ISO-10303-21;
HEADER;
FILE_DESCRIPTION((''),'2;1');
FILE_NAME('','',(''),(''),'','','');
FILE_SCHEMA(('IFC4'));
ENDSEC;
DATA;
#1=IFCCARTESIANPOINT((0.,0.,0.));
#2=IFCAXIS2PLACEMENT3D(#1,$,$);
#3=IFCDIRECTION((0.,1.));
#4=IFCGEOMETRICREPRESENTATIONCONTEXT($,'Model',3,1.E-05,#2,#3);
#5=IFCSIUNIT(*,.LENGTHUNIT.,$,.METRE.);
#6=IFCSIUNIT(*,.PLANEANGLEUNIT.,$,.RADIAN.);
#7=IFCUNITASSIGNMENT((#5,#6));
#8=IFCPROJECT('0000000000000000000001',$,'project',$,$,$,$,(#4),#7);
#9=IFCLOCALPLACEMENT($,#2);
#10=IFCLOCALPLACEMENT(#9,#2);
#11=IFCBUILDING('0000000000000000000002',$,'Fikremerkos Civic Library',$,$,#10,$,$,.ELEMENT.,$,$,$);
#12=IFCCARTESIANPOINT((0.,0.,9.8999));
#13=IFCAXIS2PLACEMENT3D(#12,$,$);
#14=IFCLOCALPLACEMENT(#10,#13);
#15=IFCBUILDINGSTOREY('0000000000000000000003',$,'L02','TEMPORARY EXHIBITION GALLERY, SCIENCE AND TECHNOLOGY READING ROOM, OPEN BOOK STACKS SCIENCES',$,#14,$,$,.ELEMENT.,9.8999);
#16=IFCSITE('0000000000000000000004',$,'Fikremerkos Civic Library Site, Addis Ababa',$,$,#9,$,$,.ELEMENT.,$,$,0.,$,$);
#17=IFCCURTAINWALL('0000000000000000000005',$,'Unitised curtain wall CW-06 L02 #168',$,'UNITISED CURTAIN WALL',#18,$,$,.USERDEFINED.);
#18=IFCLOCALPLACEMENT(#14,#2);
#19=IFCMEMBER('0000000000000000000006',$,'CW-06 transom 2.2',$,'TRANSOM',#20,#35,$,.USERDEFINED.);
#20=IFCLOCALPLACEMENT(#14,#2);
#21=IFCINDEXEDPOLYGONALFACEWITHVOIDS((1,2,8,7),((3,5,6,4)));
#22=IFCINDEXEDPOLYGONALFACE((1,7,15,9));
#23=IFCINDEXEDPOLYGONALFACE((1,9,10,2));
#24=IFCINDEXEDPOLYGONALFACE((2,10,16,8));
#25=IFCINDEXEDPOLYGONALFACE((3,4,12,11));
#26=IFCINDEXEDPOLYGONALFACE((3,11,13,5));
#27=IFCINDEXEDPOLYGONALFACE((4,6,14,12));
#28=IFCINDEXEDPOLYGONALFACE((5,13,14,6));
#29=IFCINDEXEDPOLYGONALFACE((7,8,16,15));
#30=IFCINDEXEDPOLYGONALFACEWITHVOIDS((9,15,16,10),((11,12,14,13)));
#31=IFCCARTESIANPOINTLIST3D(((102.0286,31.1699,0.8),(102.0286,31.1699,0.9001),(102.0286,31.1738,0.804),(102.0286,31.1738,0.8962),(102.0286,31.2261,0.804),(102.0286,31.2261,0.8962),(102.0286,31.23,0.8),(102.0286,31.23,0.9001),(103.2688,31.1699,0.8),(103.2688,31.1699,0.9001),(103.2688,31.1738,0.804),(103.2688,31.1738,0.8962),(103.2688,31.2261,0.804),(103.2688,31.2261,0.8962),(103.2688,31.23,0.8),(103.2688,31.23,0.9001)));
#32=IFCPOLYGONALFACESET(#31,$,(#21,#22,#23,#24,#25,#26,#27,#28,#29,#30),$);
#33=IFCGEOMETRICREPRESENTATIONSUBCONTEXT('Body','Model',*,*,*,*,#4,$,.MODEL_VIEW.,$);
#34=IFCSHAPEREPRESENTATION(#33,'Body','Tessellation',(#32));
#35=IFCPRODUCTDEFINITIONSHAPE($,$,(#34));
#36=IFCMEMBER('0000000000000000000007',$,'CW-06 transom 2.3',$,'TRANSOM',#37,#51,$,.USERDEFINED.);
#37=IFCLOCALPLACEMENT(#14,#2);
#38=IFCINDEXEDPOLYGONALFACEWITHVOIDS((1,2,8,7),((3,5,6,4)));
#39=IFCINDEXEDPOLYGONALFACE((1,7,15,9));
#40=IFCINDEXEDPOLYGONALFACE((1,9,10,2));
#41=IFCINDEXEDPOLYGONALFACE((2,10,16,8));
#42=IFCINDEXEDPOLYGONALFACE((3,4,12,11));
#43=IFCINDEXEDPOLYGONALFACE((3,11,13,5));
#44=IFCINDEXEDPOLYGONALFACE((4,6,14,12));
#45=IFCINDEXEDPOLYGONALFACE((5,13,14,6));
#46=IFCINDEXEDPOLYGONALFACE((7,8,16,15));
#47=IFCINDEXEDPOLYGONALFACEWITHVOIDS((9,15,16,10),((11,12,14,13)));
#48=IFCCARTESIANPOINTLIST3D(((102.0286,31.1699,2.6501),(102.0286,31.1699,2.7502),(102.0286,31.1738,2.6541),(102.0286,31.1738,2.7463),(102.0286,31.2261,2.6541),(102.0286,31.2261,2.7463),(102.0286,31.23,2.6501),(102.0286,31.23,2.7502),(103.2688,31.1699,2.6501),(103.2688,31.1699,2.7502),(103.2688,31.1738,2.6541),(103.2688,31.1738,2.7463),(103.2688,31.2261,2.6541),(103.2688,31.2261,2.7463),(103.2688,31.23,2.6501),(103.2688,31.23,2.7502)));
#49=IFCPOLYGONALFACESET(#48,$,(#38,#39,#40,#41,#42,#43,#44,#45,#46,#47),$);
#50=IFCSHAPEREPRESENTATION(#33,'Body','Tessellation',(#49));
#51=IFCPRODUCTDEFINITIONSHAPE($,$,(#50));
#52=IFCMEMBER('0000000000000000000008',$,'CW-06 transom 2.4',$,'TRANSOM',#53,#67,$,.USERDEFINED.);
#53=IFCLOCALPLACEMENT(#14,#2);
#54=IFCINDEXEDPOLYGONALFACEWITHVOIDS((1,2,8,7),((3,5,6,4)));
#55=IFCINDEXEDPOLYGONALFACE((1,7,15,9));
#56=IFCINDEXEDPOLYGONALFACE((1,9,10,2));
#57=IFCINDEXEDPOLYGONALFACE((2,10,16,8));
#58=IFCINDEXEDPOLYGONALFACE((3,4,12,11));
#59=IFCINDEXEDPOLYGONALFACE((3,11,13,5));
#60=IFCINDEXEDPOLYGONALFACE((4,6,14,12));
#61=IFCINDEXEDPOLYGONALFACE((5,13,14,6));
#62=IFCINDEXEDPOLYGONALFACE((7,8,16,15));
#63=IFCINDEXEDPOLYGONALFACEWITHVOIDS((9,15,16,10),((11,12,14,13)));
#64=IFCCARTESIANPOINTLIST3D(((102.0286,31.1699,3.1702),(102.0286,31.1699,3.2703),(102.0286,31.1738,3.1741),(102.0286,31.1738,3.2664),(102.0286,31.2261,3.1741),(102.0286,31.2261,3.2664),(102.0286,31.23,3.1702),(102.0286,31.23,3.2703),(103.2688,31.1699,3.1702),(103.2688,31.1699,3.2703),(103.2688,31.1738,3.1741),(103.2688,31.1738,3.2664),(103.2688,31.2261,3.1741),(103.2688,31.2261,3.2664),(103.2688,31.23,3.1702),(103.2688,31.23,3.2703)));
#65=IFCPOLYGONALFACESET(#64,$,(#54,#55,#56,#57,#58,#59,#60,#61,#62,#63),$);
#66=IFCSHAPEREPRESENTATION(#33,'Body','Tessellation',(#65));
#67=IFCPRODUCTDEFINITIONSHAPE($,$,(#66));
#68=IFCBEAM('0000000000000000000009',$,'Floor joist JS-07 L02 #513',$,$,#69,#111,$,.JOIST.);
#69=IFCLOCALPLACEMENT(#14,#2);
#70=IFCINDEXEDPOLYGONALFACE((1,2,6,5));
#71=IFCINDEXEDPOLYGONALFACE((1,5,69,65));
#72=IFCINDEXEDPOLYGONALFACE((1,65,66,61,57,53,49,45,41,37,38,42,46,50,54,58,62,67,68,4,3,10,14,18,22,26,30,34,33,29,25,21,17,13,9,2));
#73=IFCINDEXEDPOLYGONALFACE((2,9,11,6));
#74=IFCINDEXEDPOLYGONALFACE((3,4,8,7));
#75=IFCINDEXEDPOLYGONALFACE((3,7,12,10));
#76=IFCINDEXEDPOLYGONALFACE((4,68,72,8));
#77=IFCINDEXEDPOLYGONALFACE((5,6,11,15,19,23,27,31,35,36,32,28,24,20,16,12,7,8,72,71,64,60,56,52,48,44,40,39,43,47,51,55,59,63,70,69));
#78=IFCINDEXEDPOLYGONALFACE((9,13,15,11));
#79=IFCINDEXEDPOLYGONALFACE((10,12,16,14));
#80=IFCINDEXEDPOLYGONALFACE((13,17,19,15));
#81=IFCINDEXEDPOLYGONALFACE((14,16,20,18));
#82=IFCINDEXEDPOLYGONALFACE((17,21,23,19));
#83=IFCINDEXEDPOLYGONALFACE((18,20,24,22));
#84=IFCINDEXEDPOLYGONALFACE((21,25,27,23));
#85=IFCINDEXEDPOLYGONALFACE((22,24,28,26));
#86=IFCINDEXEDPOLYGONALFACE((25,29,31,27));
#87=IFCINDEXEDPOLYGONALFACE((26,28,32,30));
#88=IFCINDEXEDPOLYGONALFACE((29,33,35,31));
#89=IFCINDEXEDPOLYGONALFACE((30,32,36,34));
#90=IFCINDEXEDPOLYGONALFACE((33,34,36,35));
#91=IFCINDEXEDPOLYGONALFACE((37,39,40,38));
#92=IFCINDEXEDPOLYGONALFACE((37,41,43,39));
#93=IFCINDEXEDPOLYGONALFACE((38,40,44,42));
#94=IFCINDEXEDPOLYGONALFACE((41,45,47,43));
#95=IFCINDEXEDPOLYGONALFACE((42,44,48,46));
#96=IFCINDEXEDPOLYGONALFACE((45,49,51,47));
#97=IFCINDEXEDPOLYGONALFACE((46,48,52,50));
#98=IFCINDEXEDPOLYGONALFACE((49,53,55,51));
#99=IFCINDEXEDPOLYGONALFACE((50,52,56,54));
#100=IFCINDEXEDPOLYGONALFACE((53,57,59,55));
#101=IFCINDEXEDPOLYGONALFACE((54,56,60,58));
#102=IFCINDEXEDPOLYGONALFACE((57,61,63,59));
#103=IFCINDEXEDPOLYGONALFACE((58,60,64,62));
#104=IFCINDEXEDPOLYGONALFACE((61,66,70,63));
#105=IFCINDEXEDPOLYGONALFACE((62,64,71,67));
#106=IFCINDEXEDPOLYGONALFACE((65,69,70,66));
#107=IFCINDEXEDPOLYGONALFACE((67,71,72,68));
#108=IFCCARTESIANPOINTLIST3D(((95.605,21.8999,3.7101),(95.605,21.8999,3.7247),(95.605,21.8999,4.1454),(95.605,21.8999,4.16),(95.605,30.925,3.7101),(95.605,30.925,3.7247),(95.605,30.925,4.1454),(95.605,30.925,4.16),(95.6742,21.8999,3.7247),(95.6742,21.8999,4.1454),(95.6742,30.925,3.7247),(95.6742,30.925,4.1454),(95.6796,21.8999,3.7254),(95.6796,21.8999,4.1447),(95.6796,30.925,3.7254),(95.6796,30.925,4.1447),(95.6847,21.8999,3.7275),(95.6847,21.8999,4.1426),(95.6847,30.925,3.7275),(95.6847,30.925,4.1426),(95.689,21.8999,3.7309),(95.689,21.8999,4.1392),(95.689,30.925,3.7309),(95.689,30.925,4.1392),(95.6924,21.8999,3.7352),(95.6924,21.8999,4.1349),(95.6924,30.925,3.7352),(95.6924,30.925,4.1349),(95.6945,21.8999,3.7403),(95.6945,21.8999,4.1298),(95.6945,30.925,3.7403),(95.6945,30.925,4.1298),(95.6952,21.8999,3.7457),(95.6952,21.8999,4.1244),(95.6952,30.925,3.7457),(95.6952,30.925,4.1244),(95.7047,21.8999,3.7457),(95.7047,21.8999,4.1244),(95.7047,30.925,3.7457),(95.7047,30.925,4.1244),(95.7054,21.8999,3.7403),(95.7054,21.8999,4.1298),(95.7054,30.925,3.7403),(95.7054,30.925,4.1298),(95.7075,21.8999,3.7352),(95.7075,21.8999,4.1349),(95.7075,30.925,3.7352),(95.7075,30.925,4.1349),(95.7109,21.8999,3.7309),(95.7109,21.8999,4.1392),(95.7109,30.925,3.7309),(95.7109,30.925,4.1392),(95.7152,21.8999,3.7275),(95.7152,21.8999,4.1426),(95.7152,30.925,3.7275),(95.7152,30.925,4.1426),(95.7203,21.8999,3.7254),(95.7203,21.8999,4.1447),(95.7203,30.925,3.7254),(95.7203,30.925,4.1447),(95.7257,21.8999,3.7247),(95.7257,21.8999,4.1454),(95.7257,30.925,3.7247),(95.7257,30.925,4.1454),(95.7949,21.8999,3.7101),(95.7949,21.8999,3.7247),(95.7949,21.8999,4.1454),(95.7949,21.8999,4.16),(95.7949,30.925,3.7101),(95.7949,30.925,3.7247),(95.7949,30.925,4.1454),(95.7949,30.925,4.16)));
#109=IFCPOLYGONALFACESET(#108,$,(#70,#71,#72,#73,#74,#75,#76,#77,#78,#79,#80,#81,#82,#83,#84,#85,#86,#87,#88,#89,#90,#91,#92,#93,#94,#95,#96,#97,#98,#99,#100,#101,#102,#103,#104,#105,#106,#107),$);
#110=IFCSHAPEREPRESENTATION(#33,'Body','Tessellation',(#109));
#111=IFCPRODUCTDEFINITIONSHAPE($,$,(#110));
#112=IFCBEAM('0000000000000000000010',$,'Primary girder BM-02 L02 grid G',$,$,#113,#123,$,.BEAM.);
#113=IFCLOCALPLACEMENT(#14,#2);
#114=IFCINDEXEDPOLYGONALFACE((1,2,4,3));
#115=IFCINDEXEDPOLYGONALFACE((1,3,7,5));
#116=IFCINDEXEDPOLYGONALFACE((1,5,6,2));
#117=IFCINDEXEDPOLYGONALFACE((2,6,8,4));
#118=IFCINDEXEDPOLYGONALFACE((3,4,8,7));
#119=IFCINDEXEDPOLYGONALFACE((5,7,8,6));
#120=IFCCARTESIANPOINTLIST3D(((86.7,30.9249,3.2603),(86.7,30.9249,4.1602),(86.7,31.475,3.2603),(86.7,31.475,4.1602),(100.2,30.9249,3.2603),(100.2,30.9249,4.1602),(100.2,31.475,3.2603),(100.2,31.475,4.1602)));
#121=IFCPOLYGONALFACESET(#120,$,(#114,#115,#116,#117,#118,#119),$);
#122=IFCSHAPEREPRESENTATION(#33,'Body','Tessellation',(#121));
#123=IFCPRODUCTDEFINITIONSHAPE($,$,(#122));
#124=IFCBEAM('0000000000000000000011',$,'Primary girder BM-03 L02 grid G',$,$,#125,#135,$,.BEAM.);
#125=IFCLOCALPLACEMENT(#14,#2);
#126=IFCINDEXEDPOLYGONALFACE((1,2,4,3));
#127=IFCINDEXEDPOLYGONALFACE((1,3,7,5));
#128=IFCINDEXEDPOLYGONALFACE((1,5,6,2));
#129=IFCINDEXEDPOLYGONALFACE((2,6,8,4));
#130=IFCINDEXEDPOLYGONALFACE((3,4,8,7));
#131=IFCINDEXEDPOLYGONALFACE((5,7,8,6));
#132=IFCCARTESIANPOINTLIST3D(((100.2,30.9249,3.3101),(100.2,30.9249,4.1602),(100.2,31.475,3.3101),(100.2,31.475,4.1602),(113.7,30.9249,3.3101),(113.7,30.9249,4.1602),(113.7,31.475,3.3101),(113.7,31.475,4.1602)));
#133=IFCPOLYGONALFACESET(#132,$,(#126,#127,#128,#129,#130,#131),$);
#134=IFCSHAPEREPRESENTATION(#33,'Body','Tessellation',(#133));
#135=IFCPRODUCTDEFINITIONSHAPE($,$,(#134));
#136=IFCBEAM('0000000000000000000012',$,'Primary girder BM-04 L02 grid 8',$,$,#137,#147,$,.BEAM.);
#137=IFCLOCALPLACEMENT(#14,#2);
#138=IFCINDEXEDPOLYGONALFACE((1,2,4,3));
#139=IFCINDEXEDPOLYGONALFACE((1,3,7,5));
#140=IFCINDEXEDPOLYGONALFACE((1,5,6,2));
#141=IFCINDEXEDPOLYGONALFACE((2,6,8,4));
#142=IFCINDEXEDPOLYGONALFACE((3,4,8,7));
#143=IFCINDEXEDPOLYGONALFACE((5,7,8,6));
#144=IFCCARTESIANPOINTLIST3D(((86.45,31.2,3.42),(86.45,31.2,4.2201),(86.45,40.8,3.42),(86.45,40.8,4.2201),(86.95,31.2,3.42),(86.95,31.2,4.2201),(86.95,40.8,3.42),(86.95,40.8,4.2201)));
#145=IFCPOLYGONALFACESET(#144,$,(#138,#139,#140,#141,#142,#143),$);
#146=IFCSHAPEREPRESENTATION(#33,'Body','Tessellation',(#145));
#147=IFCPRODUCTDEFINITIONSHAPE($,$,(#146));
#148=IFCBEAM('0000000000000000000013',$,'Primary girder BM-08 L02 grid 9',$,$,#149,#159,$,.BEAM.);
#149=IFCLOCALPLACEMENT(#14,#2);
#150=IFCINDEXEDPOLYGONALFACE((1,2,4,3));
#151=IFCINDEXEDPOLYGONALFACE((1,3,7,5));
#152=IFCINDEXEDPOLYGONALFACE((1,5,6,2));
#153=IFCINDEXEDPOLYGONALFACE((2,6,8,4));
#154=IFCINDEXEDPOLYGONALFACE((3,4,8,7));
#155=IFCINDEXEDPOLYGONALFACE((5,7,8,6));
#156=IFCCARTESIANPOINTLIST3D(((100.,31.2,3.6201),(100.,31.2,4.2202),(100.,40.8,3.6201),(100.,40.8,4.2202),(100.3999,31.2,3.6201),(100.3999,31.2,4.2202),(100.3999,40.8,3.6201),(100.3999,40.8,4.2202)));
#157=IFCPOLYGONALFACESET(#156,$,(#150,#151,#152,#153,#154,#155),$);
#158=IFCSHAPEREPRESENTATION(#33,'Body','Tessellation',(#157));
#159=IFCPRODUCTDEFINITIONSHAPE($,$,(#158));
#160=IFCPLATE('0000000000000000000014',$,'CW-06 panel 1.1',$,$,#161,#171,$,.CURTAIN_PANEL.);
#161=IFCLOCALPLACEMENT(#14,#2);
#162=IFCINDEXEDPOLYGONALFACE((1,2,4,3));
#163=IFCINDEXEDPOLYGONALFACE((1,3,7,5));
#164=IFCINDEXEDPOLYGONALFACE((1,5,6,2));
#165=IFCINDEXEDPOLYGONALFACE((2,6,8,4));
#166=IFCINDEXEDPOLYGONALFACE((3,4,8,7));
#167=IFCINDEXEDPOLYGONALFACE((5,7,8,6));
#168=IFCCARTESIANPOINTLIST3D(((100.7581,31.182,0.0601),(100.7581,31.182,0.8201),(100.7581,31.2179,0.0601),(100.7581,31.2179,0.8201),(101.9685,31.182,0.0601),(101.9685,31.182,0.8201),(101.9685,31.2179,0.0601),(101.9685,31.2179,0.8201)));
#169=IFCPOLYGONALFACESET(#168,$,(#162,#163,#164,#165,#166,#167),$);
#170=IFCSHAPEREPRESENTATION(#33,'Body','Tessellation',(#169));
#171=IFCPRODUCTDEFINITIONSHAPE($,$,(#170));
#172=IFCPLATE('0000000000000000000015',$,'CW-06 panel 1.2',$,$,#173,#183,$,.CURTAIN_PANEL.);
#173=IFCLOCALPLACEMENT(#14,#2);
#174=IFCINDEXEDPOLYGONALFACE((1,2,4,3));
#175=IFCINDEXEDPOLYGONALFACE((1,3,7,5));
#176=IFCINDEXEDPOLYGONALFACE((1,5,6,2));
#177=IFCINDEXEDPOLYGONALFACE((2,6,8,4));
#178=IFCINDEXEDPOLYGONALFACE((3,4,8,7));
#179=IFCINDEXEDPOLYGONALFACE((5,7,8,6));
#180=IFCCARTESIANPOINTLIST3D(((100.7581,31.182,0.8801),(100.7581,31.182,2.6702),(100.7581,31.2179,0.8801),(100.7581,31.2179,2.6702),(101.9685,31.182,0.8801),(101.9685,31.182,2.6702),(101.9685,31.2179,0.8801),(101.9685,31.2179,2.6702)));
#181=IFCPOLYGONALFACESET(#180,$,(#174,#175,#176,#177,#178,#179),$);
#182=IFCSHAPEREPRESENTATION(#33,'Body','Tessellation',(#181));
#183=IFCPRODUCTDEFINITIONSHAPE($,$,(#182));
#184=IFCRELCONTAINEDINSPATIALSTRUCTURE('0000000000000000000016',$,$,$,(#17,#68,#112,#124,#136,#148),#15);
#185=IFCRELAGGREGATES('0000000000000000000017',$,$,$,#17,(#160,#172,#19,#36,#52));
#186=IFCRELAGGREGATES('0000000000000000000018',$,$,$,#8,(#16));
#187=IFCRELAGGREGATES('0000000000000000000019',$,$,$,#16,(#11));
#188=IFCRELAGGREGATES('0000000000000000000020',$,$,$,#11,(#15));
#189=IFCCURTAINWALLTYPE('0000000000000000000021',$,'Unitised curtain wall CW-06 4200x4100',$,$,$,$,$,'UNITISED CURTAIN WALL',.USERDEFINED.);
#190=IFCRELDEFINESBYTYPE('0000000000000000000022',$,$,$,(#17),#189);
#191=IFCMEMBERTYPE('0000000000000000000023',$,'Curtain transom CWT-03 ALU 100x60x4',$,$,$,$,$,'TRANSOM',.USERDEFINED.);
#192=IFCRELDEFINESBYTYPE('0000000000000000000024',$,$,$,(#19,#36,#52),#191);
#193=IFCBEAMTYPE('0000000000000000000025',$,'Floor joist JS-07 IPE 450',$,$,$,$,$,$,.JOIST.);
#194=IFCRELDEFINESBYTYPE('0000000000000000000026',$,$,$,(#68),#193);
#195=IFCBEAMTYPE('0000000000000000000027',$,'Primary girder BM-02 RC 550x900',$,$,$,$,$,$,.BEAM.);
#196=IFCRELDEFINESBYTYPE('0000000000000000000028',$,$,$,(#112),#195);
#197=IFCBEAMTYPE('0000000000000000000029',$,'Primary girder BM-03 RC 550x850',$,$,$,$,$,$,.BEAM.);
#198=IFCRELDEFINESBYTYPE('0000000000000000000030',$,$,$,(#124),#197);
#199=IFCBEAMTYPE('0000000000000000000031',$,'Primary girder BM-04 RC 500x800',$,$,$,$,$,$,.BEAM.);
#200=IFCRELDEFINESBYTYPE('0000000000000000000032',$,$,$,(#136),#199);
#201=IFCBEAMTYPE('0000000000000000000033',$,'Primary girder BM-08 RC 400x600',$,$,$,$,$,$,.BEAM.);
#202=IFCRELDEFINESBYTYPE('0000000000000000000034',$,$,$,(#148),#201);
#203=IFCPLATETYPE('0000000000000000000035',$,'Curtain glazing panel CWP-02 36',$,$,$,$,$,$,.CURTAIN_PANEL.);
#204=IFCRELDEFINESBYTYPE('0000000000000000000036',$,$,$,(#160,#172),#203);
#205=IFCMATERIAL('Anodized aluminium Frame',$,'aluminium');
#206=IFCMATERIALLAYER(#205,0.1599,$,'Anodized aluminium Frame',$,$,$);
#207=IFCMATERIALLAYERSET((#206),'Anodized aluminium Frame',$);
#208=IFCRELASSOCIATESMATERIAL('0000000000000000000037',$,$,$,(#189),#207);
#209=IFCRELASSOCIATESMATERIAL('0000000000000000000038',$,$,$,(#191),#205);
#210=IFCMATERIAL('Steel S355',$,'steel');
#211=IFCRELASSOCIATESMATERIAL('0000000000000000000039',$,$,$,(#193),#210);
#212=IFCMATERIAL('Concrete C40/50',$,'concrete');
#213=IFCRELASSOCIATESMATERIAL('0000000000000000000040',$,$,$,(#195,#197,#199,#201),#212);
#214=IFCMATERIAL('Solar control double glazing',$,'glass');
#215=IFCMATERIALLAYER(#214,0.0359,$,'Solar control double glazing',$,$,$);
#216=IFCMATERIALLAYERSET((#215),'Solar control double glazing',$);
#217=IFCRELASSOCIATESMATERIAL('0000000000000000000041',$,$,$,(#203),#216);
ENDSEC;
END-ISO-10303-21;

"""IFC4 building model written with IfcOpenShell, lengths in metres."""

from ifc_helpers import new_model, si_unit, direction, frame, origin, origin_2d, place, context, subcontext, project, spatial, rectangle, hollow_rectangle, i_section, extrude, material, layer, layer_set, material_profile, profile_set, type_object, element, aggregate, save


model = new_model("IFC4")

# Units and contexts
model_context = context("Model", 3, precision=1e-05, world=origin(), true_north=direction((0.0, 1.0)))
body_context = subcontext(model_context, "Body", "Model", "MODEL_VIEW")
ifc_project = project(units=[si_unit("LENGTHUNIT", "METRE"), si_unit("PLANEANGLEUNIT", "RADIAN")], contexts=[model_context])

# Site, building, storey
site_placement = place(None, origin())
site = spatial("IfcSite", under=ifc_project, at=site_placement, Name="Fikremerkos Civic Library Site, Addis Ababa", CompositionType="ELEMENT", RefElevation=0.0)
building_placement = place(site_placement, origin())
building = spatial("IfcBuilding", under=site, at=building_placement, Name="Fikremerkos Civic Library", CompositionType="ELEMENT")
storey_placement = place(building_placement, frame((0.0, 0.0, 9.8999)))
storey = spatial("IfcBuildingStorey", under=building, at=storey_placement, Name="L02", Description="TEMPORARY EXHIBITION GALLERY, SCIENCE AND TECHNOLOGY READING ROOM, OPEN BOOK STACKS SCIENCES", CompositionType="ELEMENT", Elevation=9.8999)

# Shared definitions
ifc_material_1 = material(Name="Concrete C40/50", Category="concrete")
ifc_material_2 = material(Name="Steel S355", Category="steel")

# Curtain wall, members
ifc_material_3 = material(Name="Anodized aluminium Frame", Category="aluminium")
ifc_layer_1 = layer(ifc_material_3, 0.1599, Name="Anodized aluminium Frame")
ifc_layer_set_1 = layer_set([ifc_layer_1], Name="Anodized aluminium Frame")
curtain_wall_type = type_object("IfcCurtainWallType", Name="Unitised curtain wall CW-06 4200x4100", ElementType="UNITISED CURTAIN WALL", PredefinedType="USERDEFINED", material=ifc_layer_set_1)
curtain_wall_placement = place(storey_placement, origin())
curtain_wall = element("IfcCurtainWall", 1, at=curtain_wall_placement, inside=storey, type_object=curtain_wall_type, Name="Unitised curtain wall CW-06 L02 #168", ObjectType="UNITISED CURTAIN WALL", PredefinedType="USERDEFINED")
ifc_material_profile_1 = material_profile(ifc_material_3, hollow_rectangle(XDim=0.0601, YDim=0.1001, WallThickness=0.0039, at=origin_2d()), Name="ALU 100x60x4")
ifc_profile_set_1 = profile_set([ifc_material_profile_1], Name="Anodized aluminium Frame")
member_type_1 = type_object("IfcMemberType", Name="Curtain transom CWT-03 ALU 100x60x4", ElementType="TRANSOM", PredefinedType="USERDEFINED", material=ifc_profile_set_1)
member_1_placement = place(storey_placement, frame((102.0286, 31.2, 0.8501), z_axis=(1.0, 0.0, 0.0), x_axis=(0.0, 1.0, 0.0)))
member_1 = element("IfcMember", 2, at=member_1_placement, type_object=member_type_1, Name="CW-06 transom 2.2", ObjectType="TRANSOM", PredefinedType="USERDEFINED", context=body_context, shape_type="SweptSolid", body=[
    extrude(hollow_rectangle(XDim=0.0601, YDim=0.1001, WallThickness=0.0039, at=origin_2d()), origin(), (0.0, 0.0, 1.0), 1.2402),
])
member_2_placement = place(storey_placement, frame((102.0286, 31.2, 2.7002), z_axis=(1.0, 0.0, 0.0), x_axis=(0.0, 1.0, 0.0)))
member_2 = element("IfcMember", 3, at=member_2_placement, type_object=member_type_1, Name="CW-06 transom 2.3", ObjectType="TRANSOM", PredefinedType="USERDEFINED", context=body_context, shape_type="SweptSolid", body=[
    extrude(hollow_rectangle(XDim=0.0601, YDim=0.1001, WallThickness=0.0039, at=origin_2d()), origin(), (0.0, 0.0, 1.0), 1.2402),
])
member_3_placement = place(storey_placement, frame((102.0286, 31.2, 3.2202), z_axis=(1.0, 0.0, 0.0), x_axis=(0.0, 1.0, 0.0)))
member_3 = element("IfcMember", 4, at=member_3_placement, type_object=member_type_1, Name="CW-06 transom 2.4", ObjectType="TRANSOM", PredefinedType="USERDEFINED", context=body_context, shape_type="SweptSolid", body=[
    extrude(hollow_rectangle(XDim=0.0601, YDim=0.1001, WallThickness=0.0039, at=origin_2d()), origin(), (0.0, 0.0, 1.0), 1.2402),
])

# Beams
ifc_material_profile_2 = material_profile(ifc_material_2, i_section(OverallWidth=0.1899, OverallDepth=0.45, WebThickness=0.0095, FlangeThickness=0.0146, FilletRadius=0.021, at=origin_2d()), Name="IPE 450")
ifc_profile_set_2 = profile_set([ifc_material_profile_2], Name="Steel S355")
beam_type_1 = type_object("IfcBeamType", Name="Floor joist JS-07 IPE 450", PredefinedType="JOIST", material=ifc_profile_set_2)
beam_1_placement = place(storey_placement, frame((95.7, 21.8999, 3.9351), z_axis=(0.0, 1.0, 0.0), x_axis=(-1.0, 0.0, 0.0)))
element("IfcBeam", 5, at=beam_1_placement, inside=storey, type_object=beam_type_1, Name="Floor joist JS-07 L02 #513", PredefinedType="JOIST", context=body_context, shape_type="SweptSolid", body=[
    extrude(i_section(OverallWidth=0.1899, OverallDepth=0.45, WebThickness=0.0095, FlangeThickness=0.0146, FilletRadius=0.021, at=origin_2d()), origin(), (0.0, 0.0, 1.0), 9.0251),
])
ifc_material_profile_3 = material_profile(ifc_material_1, rectangle(XDim=0.55, YDim=0.8999, at=origin_2d()), Name="RC 550x900")
ifc_profile_set_3 = profile_set([ifc_material_profile_3], Name="Concrete C40/50")
beam_type_2 = type_object("IfcBeamType", Name="Primary girder BM-02 RC 550x900", PredefinedType="BEAM", material=ifc_profile_set_3)
beam_2_placement = place(storey_placement, frame((86.7, 31.2, 3.7102), z_axis=(1.0, 0.0, 0.0), x_axis=(0.0, 1.0, 0.0)))
element("IfcBeam", 6, at=beam_2_placement, inside=storey, type_object=beam_type_2, Name="Primary girder BM-02 L02 grid G", PredefinedType="BEAM", context=body_context, shape_type="SweptSolid", body=[
    extrude(rectangle(XDim=0.55, YDim=0.8999, at=origin_2d()), origin(), (0.0, 0.0, 1.0), 13.5),
])
ifc_material_profile_4 = material_profile(ifc_material_1, rectangle(XDim=0.55, YDim=0.8501, at=origin_2d()), Name="RC 550x850")
ifc_profile_set_4 = profile_set([ifc_material_profile_4], Name="Concrete C40/50")
beam_type_3 = type_object("IfcBeamType", Name="Primary girder BM-03 RC 550x850", PredefinedType="BEAM", material=ifc_profile_set_4)
beam_3_placement = place(storey_placement, frame((100.2, 31.2, 3.7351), z_axis=(1.0, 0.0, 0.0), x_axis=(0.0, 1.0, 0.0)))
element("IfcBeam", 7, at=beam_3_placement, inside=storey, type_object=beam_type_3, Name="Primary girder BM-03 L02 grid G", PredefinedType="BEAM", context=body_context, shape_type="SweptSolid", body=[
    extrude(rectangle(XDim=0.55, YDim=0.8501, at=origin_2d()), origin(), (0.0, 0.0, 1.0), 13.5),
])
ifc_material_profile_5 = material_profile(ifc_material_1, rectangle(XDim=0.5, YDim=0.8, at=origin_2d()), Name="RC 500x800")
ifc_profile_set_5 = profile_set([ifc_material_profile_5], Name="Concrete C40/50")
beam_type_4 = type_object("IfcBeamType", Name="Primary girder BM-04 RC 500x800", PredefinedType="BEAM", material=ifc_profile_set_5)
beam_4_placement = place(storey_placement, frame((86.7, 31.2, 3.8201), z_axis=(0.0, 1.0, 0.0), x_axis=(-1.0, 0.0, 0.0)))
element("IfcBeam", 8, at=beam_4_placement, inside=storey, type_object=beam_type_4, Name="Primary girder BM-04 L02 grid 8", PredefinedType="BEAM", context=body_context, shape_type="SweptSolid", body=[
    extrude(rectangle(XDim=0.5, YDim=0.8, at=origin_2d()), origin(), (0.0, 0.0, 1.0), 9.6001),
])
ifc_material_profile_6 = material_profile(ifc_material_1, rectangle(XDim=0.3999, YDim=0.6001, at=origin_2d()), Name="RC 400x600")
ifc_profile_set_6 = profile_set([ifc_material_profile_6], Name="Concrete C40/50")
beam_type_5 = type_object("IfcBeamType", Name="Primary girder BM-08 RC 400x600", PredefinedType="BEAM", material=ifc_profile_set_6)
beam_5_placement = place(storey_placement, frame((100.2, 31.2, 3.9202), z_axis=(0.0, 1.0, 0.0), x_axis=(-1.0, 0.0, 0.0)))
element("IfcBeam", 9, at=beam_5_placement, inside=storey, type_object=beam_type_5, Name="Primary girder BM-08 L02 grid 9", PredefinedType="BEAM", context=body_context, shape_type="SweptSolid", body=[
    extrude(rectangle(XDim=0.3999, YDim=0.6001, at=origin_2d()), origin(), (0.0, 0.0, 1.0), 9.6001),
])

# Plates
ifc_material_4 = material(Name="Solar control double glazing", Category="glass")
ifc_layer_2 = layer(ifc_material_4, 0.0359, Name="Solar control double glazing")
ifc_layer_set_2 = layer_set([ifc_layer_2], Name="Solar control double glazing")
plate_type = type_object("IfcPlateType", Name="Curtain glazing panel CWP-02 36", PredefinedType="CURTAIN_PANEL", material=ifc_layer_set_2)
plate_1_placement = place(storey_placement, frame((101.3633, 31.2, 0.0601), z_axis=(0.0, 0.0, 1.0), x_axis=(1.0, 0.0, 0.0)))
plate_1 = element("IfcPlate", 10, at=plate_1_placement, type_object=plate_type, Name="CW-06 panel 1.1", PredefinedType="CURTAIN_PANEL", context=body_context, shape_type="SweptSolid", body=[
    extrude(rectangle(XDim=1.2104, YDim=0.0359, at=origin_2d()), origin(), (0.0, 0.0, 1.0), 0.76),
])
plate_2_placement = place(storey_placement, frame((101.3633, 31.2, 0.8801), z_axis=(0.0, 0.0, 1.0), x_axis=(1.0, 0.0, 0.0)))
plate_2 = element("IfcPlate", 11, at=plate_2_placement, type_object=plate_type, Name="CW-06 panel 1.2", PredefinedType="CURTAIN_PANEL", context=body_context, shape_type="SweptSolid", body=[
    extrude(rectangle(XDim=1.2104, YDim=0.0359, at=origin_2d()), origin(), (0.0, 0.0, 1.0), 1.79),
])
aggregate(curtain_wall, [plate_1, plate_2, member_1, member_2, member_3])

save(model, "model.ifc")
